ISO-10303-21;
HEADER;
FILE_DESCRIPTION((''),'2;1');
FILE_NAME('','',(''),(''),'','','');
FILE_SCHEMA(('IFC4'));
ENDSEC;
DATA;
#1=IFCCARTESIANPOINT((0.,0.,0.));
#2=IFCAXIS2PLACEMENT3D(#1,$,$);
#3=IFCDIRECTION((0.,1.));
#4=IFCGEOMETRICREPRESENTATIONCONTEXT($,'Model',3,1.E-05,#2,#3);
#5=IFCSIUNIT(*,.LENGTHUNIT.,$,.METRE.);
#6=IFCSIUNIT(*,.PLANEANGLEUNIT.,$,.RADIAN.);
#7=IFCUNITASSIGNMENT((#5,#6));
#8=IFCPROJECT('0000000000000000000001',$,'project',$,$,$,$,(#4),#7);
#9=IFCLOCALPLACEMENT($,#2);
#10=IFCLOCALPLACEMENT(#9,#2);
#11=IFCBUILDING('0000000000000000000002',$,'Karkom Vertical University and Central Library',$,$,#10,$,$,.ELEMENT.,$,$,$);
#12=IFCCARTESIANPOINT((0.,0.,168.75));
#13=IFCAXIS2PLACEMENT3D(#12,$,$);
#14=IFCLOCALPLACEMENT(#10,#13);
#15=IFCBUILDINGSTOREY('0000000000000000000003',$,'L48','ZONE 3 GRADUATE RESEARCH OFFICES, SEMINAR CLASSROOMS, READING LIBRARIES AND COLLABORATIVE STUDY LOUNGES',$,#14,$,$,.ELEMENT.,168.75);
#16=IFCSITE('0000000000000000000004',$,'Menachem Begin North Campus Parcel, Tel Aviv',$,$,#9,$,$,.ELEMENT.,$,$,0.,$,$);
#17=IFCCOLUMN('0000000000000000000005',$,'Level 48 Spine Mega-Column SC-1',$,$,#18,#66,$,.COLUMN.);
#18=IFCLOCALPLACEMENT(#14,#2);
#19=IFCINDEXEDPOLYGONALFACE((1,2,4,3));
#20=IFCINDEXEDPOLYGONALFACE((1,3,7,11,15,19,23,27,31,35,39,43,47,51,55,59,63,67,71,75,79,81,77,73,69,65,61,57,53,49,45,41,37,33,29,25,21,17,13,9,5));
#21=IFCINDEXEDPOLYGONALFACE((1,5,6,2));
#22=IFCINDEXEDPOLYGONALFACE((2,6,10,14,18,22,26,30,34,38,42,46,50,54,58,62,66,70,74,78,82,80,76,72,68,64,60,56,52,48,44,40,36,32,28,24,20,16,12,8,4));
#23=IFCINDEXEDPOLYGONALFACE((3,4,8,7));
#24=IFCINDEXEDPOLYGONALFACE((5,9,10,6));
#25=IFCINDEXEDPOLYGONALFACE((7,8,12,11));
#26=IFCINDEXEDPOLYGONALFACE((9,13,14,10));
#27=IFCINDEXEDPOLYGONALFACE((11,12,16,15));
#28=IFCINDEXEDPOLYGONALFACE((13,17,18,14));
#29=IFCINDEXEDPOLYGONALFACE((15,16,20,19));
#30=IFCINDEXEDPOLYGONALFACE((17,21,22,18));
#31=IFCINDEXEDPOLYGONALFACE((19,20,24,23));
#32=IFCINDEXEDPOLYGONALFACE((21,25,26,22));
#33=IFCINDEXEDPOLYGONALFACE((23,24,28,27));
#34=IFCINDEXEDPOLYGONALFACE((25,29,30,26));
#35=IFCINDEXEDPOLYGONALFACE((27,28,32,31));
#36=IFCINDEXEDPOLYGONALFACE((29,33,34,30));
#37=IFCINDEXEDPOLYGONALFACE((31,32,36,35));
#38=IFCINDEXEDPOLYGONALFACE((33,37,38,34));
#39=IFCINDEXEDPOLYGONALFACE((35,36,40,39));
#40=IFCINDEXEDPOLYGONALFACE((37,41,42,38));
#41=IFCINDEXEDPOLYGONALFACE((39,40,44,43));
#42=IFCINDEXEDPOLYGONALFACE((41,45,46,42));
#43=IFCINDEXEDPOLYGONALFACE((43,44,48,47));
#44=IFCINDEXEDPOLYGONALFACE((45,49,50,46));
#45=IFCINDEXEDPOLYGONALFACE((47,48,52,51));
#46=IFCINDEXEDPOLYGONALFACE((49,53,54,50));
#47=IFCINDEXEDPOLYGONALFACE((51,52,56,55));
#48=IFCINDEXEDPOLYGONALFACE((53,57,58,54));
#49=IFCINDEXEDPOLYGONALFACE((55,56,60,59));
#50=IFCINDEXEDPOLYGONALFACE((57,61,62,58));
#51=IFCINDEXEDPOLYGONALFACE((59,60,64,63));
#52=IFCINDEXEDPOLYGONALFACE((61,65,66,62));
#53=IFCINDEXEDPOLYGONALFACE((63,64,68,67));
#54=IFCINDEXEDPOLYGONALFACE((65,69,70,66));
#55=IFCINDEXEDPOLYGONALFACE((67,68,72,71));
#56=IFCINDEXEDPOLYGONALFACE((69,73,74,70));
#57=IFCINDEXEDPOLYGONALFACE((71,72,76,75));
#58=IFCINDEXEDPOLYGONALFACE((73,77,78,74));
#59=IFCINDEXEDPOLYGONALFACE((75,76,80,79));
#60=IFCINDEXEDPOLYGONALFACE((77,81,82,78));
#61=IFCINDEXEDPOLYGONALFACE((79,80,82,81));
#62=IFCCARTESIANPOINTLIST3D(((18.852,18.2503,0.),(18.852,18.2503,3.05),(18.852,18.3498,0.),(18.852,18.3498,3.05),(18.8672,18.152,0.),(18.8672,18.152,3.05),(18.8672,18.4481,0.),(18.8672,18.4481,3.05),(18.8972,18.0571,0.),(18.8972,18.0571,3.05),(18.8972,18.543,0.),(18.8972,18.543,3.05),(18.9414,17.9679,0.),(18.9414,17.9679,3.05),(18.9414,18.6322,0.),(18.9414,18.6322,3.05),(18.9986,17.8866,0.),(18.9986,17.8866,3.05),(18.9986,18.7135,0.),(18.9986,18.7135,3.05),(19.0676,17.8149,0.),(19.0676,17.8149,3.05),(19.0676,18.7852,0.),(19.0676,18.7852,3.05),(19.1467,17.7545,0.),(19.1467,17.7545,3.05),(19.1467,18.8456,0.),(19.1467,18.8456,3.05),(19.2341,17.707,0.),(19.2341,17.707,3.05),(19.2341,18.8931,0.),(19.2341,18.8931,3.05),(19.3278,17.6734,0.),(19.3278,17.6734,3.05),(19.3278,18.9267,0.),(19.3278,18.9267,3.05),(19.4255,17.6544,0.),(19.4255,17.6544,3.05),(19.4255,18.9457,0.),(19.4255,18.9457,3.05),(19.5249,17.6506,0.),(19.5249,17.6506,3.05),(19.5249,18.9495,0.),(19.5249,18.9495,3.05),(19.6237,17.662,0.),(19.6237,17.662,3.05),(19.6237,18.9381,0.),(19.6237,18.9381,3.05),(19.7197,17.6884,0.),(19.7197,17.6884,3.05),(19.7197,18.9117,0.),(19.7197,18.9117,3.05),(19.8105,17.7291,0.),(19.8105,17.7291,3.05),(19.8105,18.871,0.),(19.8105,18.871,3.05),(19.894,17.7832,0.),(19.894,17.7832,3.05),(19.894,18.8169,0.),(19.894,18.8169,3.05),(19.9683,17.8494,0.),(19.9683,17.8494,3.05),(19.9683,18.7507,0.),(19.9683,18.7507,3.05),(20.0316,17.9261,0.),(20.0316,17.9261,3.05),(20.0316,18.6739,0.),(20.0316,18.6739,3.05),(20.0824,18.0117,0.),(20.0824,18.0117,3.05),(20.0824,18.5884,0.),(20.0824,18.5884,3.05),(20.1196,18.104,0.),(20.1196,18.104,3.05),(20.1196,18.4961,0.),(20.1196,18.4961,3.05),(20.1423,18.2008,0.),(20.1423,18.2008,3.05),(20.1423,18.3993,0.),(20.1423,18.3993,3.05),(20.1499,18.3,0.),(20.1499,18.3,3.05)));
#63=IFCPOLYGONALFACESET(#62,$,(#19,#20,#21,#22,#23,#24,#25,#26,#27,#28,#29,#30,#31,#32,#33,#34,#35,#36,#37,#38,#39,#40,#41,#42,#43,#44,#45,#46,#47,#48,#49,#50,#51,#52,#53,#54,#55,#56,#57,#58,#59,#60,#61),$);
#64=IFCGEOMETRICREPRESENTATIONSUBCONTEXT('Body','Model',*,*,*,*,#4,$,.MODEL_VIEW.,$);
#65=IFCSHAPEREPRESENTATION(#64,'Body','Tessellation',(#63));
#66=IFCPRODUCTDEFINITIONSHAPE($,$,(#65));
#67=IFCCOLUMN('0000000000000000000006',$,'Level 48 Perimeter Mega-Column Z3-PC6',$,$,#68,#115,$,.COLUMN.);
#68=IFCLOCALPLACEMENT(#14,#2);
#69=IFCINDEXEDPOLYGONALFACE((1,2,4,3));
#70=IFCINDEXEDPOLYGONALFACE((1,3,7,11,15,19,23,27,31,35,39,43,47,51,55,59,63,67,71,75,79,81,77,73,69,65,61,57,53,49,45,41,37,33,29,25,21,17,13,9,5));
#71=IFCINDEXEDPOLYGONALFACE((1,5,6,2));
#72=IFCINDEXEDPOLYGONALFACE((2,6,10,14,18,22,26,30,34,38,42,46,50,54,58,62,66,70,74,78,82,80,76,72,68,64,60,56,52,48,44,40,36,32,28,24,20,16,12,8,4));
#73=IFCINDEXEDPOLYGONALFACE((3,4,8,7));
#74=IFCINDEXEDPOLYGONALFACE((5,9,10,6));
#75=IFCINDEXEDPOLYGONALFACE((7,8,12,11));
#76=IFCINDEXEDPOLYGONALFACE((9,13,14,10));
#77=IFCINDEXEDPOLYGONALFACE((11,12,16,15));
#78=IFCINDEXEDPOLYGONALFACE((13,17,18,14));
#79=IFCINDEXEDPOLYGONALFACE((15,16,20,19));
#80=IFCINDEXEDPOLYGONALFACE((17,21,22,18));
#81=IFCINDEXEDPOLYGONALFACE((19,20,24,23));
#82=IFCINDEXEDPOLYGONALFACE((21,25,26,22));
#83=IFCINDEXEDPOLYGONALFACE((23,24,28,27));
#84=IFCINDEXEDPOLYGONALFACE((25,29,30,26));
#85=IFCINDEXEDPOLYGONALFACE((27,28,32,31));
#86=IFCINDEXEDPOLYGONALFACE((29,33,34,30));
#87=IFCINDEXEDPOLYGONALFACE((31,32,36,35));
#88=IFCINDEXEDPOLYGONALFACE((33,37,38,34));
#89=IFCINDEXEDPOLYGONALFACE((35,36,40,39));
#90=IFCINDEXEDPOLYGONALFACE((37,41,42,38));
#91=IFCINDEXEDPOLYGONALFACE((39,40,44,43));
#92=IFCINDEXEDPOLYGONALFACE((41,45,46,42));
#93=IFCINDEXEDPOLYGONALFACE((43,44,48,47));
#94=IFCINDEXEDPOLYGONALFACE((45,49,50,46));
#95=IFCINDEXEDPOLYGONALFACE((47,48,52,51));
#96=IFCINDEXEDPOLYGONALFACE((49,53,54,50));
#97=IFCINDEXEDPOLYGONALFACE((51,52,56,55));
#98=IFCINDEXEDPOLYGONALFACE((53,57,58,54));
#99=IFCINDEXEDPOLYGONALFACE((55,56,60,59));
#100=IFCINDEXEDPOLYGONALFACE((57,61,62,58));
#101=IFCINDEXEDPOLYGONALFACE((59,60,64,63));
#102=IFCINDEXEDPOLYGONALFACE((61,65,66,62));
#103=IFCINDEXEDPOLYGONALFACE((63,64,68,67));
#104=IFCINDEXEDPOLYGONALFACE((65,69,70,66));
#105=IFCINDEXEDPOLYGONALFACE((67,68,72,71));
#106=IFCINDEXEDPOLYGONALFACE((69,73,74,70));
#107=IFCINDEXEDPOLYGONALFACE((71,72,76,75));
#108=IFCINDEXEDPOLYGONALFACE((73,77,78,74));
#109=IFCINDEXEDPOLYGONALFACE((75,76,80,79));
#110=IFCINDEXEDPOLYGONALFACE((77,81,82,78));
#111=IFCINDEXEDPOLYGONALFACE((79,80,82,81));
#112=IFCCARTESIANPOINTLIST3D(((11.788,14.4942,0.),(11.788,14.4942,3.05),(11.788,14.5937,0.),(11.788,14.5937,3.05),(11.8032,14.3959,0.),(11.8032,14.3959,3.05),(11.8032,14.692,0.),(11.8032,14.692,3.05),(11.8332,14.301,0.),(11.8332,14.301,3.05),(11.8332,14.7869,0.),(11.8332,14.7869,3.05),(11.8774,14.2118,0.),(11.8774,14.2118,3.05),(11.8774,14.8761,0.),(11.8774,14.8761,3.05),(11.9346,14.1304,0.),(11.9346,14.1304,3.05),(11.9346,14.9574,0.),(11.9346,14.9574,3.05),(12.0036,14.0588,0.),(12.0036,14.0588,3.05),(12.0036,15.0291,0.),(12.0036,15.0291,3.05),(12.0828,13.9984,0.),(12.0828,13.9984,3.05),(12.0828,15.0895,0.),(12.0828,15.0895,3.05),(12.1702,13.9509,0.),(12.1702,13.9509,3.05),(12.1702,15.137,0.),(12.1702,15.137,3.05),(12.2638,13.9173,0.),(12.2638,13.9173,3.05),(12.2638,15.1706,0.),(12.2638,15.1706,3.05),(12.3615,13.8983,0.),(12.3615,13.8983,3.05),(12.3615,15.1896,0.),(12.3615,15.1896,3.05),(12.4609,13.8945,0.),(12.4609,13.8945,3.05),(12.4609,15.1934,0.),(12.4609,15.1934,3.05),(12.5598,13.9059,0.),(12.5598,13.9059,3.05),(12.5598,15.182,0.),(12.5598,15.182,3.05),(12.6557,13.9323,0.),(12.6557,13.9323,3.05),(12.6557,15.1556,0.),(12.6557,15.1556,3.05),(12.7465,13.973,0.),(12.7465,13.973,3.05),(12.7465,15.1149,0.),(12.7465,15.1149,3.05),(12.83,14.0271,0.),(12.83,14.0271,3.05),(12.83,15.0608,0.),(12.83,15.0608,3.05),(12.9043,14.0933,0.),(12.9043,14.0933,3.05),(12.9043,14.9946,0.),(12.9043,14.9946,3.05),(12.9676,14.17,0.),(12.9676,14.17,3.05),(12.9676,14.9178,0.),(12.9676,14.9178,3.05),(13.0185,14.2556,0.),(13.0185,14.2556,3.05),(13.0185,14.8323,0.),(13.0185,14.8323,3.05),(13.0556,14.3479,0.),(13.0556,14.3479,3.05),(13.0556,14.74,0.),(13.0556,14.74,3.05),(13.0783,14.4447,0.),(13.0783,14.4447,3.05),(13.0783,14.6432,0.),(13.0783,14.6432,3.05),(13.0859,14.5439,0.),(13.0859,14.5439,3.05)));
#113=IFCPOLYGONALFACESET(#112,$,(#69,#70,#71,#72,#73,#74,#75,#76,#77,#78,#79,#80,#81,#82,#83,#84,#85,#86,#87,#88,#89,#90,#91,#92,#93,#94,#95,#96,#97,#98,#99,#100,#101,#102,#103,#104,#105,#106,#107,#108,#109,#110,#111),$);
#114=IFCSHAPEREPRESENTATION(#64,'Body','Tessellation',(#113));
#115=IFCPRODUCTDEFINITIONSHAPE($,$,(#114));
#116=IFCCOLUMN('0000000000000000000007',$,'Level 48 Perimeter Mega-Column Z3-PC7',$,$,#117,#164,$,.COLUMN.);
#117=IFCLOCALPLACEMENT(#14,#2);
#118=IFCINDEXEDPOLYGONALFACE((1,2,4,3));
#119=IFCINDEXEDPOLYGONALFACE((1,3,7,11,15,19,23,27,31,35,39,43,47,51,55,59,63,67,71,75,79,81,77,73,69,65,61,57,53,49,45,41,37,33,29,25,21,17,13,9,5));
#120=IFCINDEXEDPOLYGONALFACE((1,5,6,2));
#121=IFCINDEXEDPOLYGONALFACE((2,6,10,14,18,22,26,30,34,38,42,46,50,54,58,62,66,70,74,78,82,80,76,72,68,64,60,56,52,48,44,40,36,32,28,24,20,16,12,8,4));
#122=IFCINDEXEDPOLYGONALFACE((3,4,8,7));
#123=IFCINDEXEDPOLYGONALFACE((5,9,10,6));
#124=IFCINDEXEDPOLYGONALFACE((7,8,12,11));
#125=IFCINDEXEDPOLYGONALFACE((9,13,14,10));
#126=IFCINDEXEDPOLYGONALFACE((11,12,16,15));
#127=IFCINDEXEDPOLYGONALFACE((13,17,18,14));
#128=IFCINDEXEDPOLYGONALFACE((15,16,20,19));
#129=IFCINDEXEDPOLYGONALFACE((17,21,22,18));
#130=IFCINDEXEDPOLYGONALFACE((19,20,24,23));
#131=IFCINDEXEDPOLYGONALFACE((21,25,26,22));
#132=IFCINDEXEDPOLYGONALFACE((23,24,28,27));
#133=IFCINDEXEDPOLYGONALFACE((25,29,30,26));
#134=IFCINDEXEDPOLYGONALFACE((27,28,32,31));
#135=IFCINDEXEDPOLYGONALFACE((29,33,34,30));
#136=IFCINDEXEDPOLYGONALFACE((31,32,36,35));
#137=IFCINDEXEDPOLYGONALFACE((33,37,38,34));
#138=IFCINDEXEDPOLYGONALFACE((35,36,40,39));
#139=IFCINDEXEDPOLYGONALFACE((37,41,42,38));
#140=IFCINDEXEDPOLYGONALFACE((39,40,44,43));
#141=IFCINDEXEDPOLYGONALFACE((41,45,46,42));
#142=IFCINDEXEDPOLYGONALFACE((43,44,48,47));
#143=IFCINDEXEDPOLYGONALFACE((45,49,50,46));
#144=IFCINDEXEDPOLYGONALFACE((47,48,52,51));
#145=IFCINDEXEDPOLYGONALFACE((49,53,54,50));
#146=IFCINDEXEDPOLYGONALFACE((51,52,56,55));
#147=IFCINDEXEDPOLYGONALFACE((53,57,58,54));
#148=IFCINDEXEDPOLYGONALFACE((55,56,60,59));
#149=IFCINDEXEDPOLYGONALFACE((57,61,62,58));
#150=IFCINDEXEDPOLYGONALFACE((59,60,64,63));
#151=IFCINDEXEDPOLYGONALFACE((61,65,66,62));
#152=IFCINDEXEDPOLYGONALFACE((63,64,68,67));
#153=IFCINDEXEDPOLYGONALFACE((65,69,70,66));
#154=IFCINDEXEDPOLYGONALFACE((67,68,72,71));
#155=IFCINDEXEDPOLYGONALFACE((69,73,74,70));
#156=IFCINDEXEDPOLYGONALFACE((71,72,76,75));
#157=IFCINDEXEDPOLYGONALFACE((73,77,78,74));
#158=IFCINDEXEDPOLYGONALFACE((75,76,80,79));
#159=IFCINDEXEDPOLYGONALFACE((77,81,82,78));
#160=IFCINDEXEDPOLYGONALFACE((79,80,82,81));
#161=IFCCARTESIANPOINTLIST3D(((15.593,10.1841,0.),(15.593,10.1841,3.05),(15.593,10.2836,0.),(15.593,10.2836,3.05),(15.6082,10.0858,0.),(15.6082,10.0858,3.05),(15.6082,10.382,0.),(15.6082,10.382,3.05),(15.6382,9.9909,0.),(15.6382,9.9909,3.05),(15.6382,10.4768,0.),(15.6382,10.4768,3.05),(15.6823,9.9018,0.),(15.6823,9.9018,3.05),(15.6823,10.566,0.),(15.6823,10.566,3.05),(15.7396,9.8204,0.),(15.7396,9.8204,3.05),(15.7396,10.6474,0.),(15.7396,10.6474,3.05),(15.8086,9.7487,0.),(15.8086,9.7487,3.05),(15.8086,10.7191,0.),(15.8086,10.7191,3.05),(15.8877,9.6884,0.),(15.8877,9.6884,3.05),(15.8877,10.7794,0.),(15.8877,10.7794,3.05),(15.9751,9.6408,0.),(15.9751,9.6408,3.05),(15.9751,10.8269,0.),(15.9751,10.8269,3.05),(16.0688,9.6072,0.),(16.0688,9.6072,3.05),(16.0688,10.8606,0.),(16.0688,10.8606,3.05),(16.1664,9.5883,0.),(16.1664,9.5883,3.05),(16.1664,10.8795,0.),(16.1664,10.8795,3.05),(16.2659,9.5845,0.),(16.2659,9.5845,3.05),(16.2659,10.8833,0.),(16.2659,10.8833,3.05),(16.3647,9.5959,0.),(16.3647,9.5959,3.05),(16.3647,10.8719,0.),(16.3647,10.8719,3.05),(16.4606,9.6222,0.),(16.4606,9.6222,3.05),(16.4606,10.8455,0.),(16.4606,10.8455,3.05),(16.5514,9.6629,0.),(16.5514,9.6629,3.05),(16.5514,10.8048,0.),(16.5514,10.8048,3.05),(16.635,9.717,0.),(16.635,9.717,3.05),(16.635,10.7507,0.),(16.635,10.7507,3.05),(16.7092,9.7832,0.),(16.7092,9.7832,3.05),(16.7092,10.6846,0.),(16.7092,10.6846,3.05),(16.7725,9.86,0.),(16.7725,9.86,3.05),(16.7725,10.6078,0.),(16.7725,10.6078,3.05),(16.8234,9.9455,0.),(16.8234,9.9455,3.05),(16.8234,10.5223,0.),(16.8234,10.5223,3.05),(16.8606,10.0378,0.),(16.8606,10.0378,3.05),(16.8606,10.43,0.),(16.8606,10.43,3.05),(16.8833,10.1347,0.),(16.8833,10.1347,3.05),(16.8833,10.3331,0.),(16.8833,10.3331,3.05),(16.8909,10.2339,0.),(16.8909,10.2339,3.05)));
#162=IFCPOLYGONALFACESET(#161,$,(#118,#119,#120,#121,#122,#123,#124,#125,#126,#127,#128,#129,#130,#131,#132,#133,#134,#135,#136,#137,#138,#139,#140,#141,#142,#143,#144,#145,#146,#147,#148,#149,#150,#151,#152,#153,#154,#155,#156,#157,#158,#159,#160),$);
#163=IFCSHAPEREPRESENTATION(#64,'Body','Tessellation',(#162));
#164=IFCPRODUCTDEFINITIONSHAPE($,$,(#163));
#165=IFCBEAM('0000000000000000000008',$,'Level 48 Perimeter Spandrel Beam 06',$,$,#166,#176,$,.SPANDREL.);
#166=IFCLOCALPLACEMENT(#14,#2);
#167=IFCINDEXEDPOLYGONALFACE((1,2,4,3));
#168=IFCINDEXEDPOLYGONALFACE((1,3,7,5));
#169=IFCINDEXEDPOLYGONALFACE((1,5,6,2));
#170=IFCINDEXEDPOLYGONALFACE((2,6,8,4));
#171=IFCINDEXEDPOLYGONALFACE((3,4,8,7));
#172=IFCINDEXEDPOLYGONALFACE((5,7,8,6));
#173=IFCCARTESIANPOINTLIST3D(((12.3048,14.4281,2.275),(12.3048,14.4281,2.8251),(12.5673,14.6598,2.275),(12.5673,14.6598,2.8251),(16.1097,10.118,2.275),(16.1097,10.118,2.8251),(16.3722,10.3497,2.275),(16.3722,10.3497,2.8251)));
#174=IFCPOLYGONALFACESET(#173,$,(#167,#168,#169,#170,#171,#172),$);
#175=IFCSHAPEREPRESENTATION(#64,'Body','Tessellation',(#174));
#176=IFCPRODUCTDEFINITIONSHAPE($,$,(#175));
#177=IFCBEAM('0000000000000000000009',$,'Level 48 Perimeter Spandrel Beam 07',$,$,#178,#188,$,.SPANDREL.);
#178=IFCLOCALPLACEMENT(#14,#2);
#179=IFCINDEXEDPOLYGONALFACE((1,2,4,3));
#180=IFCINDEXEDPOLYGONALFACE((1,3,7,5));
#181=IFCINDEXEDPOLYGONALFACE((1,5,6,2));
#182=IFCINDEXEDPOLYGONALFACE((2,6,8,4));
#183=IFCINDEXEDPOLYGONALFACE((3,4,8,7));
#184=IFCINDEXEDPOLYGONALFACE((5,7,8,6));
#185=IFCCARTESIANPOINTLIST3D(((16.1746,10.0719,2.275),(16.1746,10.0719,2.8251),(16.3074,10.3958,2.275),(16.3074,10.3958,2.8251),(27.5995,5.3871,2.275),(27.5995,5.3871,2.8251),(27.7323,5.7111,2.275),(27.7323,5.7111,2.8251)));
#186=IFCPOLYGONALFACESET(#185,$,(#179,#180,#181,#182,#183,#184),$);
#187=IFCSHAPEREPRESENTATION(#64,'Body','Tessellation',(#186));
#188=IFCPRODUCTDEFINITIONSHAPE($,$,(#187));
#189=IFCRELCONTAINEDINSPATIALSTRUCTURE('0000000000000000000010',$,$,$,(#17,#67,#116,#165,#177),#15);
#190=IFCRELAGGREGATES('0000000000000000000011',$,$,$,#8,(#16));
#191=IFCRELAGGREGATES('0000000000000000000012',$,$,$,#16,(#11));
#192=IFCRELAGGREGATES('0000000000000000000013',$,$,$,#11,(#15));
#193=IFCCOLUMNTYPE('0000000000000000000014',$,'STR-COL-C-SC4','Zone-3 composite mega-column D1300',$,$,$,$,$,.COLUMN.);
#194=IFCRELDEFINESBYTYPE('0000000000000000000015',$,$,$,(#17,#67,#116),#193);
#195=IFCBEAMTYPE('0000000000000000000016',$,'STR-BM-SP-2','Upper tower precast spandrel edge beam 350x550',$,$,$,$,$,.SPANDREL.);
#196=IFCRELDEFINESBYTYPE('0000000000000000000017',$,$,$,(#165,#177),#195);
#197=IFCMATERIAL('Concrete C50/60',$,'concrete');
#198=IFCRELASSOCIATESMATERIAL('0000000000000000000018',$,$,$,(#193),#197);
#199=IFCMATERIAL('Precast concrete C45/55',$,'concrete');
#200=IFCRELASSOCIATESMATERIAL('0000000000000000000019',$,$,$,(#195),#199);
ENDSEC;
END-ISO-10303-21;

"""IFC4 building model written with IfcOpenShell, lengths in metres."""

from ifc_helpers import new_model, si_unit, direction, frame, origin, origin_with_axes, origin_2d, place, context, subcontext, project, spatial, rectangle, circle, extrude, source, transform, mapped, material, material_profile, profile_set, type_object, element, save


model = new_model("IFC4")

# Units and contexts
model_context = context("Model", 3, precision=1e-05, world=origin(), true_north=direction((0.0, 1.0)))
body_context = subcontext(model_context, "Body", "Model", "MODEL_VIEW")
ifc_project = project(units=[si_unit("LENGTHUNIT", "METRE"), si_unit("PLANEANGLEUNIT", "RADIAN")], contexts=[model_context])

# Site, building, storey
site_placement = place(None, origin())
site = spatial("IfcSite", under=ifc_project, at=site_placement, Name="Menachem Begin North Campus Parcel, Tel Aviv", CompositionType="ELEMENT", RefElevation=0.0)
building_placement = place(site_placement, origin())
building = spatial("IfcBuilding", under=site, at=building_placement, Name="Karkom Vertical University and Central Library", CompositionType="ELEMENT")
storey_placement = place(building_placement, frame((0.0, 0.0, 168.75)))
storey = spatial("IfcBuildingStorey", under=building, at=storey_placement, Name="L48", Description="ZONE 3 GRADUATE RESEARCH OFFICES, SEMINAR CLASSROOMS, READING LIBRARIES AND COLLABORATIVE STUDY LOUNGES", CompositionType="ELEMENT", Elevation=168.75)

# Columns
ifc_material_1 = material(Name="Concrete C50/60", Category="concrete")
ifc_material_profile_1 = material_profile(ifc_material_1, circle(Radius=0.6499, at=origin_2d()), Name="CFT-D1300")
ifc_profile_set_1 = profile_set([ifc_material_profile_1], Name="Concrete C50/60")
column_type = type_object("IfcColumnType", Name="STR-COL-C-SC4", Description="Zone-3 composite mega-column D1300", PredefinedType="COLUMN", material=ifc_profile_set_1)
shared_shape_1 = source(origin_with_axes(), body_context, "Body", "SweptSolid", [
    extrude(circle(Radius=0.6499, at=origin_2d()), origin(), (0.0, 0.0, 1.0), 3.05),
])
for number, where, z_axis, x_axis, name in (
    (1, (19.5, 18.3, 0.0), (0.0, 0.0, 1.0), (1.0, 0.0, 0.0), "Level 48 Spine Mega-Column SC-1"),
    (2, (12.436, 14.5439, 0.0), (0.0, 0.0, 1.0), (1.0, 0.0, 0.0), "Level 48 Perimeter Mega-Column Z3-PC6"),
    (3, (16.241, 10.2339, 0.0), (0.0, 0.0, 1.0), (1.0, 0.0, 0.0), "Level 48 Perimeter Mega-Column Z3-PC7"),
):
    element("IfcColumn", number, at=place(storey_placement, frame(where, z_axis=z_axis, x_axis=x_axis)), inside=storey, type_object=column_type, Name=name, PredefinedType="COLUMN", context=body_context, shape_type="MappedRepresentation", body=[
        mapped(shared_shape_1, transform((0.0, 0.0, 0.0), scale=1.0)),
    ])

# Beams
ifc_material_2 = material(Name="Precast concrete C45/55", Category="concrete")
ifc_material_profile_2 = material_profile(ifc_material_2, rectangle(XDim=0.3501, YDim=0.55, at=origin_2d()), Name="SPB-350x550")
ifc_profile_set_2 = profile_set([ifc_material_profile_2], Name="Precast concrete C45/55")
beam_type_1 = type_object("IfcBeamType", Name="STR-BM-SP-2", Description="Upper tower precast spandrel edge beam 350x550", PredefinedType="SPANDREL", material=ifc_profile_set_2)
shared_shape_2 = source(origin_with_axes(), body_context, "Body", "SweptSolid", [
    extrude(rectangle(XDim=0.3501, YDim=0.55, at=origin_2d()), origin(), (0.0, 0.0, 1.0), 5.7493),
])
beam_1_placement = place(storey_placement, frame((12.436, 14.5439, 2.55), z_axis=(0.661811, -0.749671, 0.0), x_axis=(0.749671, 0.661811, 0.0)))
element("IfcBeam", 4, at=beam_1_placement, inside=storey, type_object=beam_type_1, Name="Level 48 Perimeter Spandrel Beam 06", PredefinedType="SPANDREL", context=body_context, shape_type="MappedRepresentation", body=[
    mapped(shared_shape_2, transform((0.0, 0.0, 0.0), scale=1.0)),
])
shared_shape_3 = source(origin_with_axes(), body_context, "Body", "SweptSolid", [
    extrude(rectangle(XDim=0.3501, YDim=0.55, at=origin_2d()), origin(), (0.0, 0.0, 1.0), 12.3481),
])
beam_2_placement = place(storey_placement, frame((16.241, 10.2339, 2.55), z_axis=(0.925236, -0.379391, 0.0), x_axis=(0.379391, 0.925236, 0.0)))
element("IfcBeam", 5, at=beam_2_placement, inside=storey, type_object=beam_type_1, Name="Level 48 Perimeter Spandrel Beam 07", PredefinedType="SPANDREL", context=body_context, shape_type="MappedRepresentation", body=[
    mapped(shared_shape_3, transform((0.0, 0.0, 0.0), scale=1.0)),
])

save(model, "model.ifc")
